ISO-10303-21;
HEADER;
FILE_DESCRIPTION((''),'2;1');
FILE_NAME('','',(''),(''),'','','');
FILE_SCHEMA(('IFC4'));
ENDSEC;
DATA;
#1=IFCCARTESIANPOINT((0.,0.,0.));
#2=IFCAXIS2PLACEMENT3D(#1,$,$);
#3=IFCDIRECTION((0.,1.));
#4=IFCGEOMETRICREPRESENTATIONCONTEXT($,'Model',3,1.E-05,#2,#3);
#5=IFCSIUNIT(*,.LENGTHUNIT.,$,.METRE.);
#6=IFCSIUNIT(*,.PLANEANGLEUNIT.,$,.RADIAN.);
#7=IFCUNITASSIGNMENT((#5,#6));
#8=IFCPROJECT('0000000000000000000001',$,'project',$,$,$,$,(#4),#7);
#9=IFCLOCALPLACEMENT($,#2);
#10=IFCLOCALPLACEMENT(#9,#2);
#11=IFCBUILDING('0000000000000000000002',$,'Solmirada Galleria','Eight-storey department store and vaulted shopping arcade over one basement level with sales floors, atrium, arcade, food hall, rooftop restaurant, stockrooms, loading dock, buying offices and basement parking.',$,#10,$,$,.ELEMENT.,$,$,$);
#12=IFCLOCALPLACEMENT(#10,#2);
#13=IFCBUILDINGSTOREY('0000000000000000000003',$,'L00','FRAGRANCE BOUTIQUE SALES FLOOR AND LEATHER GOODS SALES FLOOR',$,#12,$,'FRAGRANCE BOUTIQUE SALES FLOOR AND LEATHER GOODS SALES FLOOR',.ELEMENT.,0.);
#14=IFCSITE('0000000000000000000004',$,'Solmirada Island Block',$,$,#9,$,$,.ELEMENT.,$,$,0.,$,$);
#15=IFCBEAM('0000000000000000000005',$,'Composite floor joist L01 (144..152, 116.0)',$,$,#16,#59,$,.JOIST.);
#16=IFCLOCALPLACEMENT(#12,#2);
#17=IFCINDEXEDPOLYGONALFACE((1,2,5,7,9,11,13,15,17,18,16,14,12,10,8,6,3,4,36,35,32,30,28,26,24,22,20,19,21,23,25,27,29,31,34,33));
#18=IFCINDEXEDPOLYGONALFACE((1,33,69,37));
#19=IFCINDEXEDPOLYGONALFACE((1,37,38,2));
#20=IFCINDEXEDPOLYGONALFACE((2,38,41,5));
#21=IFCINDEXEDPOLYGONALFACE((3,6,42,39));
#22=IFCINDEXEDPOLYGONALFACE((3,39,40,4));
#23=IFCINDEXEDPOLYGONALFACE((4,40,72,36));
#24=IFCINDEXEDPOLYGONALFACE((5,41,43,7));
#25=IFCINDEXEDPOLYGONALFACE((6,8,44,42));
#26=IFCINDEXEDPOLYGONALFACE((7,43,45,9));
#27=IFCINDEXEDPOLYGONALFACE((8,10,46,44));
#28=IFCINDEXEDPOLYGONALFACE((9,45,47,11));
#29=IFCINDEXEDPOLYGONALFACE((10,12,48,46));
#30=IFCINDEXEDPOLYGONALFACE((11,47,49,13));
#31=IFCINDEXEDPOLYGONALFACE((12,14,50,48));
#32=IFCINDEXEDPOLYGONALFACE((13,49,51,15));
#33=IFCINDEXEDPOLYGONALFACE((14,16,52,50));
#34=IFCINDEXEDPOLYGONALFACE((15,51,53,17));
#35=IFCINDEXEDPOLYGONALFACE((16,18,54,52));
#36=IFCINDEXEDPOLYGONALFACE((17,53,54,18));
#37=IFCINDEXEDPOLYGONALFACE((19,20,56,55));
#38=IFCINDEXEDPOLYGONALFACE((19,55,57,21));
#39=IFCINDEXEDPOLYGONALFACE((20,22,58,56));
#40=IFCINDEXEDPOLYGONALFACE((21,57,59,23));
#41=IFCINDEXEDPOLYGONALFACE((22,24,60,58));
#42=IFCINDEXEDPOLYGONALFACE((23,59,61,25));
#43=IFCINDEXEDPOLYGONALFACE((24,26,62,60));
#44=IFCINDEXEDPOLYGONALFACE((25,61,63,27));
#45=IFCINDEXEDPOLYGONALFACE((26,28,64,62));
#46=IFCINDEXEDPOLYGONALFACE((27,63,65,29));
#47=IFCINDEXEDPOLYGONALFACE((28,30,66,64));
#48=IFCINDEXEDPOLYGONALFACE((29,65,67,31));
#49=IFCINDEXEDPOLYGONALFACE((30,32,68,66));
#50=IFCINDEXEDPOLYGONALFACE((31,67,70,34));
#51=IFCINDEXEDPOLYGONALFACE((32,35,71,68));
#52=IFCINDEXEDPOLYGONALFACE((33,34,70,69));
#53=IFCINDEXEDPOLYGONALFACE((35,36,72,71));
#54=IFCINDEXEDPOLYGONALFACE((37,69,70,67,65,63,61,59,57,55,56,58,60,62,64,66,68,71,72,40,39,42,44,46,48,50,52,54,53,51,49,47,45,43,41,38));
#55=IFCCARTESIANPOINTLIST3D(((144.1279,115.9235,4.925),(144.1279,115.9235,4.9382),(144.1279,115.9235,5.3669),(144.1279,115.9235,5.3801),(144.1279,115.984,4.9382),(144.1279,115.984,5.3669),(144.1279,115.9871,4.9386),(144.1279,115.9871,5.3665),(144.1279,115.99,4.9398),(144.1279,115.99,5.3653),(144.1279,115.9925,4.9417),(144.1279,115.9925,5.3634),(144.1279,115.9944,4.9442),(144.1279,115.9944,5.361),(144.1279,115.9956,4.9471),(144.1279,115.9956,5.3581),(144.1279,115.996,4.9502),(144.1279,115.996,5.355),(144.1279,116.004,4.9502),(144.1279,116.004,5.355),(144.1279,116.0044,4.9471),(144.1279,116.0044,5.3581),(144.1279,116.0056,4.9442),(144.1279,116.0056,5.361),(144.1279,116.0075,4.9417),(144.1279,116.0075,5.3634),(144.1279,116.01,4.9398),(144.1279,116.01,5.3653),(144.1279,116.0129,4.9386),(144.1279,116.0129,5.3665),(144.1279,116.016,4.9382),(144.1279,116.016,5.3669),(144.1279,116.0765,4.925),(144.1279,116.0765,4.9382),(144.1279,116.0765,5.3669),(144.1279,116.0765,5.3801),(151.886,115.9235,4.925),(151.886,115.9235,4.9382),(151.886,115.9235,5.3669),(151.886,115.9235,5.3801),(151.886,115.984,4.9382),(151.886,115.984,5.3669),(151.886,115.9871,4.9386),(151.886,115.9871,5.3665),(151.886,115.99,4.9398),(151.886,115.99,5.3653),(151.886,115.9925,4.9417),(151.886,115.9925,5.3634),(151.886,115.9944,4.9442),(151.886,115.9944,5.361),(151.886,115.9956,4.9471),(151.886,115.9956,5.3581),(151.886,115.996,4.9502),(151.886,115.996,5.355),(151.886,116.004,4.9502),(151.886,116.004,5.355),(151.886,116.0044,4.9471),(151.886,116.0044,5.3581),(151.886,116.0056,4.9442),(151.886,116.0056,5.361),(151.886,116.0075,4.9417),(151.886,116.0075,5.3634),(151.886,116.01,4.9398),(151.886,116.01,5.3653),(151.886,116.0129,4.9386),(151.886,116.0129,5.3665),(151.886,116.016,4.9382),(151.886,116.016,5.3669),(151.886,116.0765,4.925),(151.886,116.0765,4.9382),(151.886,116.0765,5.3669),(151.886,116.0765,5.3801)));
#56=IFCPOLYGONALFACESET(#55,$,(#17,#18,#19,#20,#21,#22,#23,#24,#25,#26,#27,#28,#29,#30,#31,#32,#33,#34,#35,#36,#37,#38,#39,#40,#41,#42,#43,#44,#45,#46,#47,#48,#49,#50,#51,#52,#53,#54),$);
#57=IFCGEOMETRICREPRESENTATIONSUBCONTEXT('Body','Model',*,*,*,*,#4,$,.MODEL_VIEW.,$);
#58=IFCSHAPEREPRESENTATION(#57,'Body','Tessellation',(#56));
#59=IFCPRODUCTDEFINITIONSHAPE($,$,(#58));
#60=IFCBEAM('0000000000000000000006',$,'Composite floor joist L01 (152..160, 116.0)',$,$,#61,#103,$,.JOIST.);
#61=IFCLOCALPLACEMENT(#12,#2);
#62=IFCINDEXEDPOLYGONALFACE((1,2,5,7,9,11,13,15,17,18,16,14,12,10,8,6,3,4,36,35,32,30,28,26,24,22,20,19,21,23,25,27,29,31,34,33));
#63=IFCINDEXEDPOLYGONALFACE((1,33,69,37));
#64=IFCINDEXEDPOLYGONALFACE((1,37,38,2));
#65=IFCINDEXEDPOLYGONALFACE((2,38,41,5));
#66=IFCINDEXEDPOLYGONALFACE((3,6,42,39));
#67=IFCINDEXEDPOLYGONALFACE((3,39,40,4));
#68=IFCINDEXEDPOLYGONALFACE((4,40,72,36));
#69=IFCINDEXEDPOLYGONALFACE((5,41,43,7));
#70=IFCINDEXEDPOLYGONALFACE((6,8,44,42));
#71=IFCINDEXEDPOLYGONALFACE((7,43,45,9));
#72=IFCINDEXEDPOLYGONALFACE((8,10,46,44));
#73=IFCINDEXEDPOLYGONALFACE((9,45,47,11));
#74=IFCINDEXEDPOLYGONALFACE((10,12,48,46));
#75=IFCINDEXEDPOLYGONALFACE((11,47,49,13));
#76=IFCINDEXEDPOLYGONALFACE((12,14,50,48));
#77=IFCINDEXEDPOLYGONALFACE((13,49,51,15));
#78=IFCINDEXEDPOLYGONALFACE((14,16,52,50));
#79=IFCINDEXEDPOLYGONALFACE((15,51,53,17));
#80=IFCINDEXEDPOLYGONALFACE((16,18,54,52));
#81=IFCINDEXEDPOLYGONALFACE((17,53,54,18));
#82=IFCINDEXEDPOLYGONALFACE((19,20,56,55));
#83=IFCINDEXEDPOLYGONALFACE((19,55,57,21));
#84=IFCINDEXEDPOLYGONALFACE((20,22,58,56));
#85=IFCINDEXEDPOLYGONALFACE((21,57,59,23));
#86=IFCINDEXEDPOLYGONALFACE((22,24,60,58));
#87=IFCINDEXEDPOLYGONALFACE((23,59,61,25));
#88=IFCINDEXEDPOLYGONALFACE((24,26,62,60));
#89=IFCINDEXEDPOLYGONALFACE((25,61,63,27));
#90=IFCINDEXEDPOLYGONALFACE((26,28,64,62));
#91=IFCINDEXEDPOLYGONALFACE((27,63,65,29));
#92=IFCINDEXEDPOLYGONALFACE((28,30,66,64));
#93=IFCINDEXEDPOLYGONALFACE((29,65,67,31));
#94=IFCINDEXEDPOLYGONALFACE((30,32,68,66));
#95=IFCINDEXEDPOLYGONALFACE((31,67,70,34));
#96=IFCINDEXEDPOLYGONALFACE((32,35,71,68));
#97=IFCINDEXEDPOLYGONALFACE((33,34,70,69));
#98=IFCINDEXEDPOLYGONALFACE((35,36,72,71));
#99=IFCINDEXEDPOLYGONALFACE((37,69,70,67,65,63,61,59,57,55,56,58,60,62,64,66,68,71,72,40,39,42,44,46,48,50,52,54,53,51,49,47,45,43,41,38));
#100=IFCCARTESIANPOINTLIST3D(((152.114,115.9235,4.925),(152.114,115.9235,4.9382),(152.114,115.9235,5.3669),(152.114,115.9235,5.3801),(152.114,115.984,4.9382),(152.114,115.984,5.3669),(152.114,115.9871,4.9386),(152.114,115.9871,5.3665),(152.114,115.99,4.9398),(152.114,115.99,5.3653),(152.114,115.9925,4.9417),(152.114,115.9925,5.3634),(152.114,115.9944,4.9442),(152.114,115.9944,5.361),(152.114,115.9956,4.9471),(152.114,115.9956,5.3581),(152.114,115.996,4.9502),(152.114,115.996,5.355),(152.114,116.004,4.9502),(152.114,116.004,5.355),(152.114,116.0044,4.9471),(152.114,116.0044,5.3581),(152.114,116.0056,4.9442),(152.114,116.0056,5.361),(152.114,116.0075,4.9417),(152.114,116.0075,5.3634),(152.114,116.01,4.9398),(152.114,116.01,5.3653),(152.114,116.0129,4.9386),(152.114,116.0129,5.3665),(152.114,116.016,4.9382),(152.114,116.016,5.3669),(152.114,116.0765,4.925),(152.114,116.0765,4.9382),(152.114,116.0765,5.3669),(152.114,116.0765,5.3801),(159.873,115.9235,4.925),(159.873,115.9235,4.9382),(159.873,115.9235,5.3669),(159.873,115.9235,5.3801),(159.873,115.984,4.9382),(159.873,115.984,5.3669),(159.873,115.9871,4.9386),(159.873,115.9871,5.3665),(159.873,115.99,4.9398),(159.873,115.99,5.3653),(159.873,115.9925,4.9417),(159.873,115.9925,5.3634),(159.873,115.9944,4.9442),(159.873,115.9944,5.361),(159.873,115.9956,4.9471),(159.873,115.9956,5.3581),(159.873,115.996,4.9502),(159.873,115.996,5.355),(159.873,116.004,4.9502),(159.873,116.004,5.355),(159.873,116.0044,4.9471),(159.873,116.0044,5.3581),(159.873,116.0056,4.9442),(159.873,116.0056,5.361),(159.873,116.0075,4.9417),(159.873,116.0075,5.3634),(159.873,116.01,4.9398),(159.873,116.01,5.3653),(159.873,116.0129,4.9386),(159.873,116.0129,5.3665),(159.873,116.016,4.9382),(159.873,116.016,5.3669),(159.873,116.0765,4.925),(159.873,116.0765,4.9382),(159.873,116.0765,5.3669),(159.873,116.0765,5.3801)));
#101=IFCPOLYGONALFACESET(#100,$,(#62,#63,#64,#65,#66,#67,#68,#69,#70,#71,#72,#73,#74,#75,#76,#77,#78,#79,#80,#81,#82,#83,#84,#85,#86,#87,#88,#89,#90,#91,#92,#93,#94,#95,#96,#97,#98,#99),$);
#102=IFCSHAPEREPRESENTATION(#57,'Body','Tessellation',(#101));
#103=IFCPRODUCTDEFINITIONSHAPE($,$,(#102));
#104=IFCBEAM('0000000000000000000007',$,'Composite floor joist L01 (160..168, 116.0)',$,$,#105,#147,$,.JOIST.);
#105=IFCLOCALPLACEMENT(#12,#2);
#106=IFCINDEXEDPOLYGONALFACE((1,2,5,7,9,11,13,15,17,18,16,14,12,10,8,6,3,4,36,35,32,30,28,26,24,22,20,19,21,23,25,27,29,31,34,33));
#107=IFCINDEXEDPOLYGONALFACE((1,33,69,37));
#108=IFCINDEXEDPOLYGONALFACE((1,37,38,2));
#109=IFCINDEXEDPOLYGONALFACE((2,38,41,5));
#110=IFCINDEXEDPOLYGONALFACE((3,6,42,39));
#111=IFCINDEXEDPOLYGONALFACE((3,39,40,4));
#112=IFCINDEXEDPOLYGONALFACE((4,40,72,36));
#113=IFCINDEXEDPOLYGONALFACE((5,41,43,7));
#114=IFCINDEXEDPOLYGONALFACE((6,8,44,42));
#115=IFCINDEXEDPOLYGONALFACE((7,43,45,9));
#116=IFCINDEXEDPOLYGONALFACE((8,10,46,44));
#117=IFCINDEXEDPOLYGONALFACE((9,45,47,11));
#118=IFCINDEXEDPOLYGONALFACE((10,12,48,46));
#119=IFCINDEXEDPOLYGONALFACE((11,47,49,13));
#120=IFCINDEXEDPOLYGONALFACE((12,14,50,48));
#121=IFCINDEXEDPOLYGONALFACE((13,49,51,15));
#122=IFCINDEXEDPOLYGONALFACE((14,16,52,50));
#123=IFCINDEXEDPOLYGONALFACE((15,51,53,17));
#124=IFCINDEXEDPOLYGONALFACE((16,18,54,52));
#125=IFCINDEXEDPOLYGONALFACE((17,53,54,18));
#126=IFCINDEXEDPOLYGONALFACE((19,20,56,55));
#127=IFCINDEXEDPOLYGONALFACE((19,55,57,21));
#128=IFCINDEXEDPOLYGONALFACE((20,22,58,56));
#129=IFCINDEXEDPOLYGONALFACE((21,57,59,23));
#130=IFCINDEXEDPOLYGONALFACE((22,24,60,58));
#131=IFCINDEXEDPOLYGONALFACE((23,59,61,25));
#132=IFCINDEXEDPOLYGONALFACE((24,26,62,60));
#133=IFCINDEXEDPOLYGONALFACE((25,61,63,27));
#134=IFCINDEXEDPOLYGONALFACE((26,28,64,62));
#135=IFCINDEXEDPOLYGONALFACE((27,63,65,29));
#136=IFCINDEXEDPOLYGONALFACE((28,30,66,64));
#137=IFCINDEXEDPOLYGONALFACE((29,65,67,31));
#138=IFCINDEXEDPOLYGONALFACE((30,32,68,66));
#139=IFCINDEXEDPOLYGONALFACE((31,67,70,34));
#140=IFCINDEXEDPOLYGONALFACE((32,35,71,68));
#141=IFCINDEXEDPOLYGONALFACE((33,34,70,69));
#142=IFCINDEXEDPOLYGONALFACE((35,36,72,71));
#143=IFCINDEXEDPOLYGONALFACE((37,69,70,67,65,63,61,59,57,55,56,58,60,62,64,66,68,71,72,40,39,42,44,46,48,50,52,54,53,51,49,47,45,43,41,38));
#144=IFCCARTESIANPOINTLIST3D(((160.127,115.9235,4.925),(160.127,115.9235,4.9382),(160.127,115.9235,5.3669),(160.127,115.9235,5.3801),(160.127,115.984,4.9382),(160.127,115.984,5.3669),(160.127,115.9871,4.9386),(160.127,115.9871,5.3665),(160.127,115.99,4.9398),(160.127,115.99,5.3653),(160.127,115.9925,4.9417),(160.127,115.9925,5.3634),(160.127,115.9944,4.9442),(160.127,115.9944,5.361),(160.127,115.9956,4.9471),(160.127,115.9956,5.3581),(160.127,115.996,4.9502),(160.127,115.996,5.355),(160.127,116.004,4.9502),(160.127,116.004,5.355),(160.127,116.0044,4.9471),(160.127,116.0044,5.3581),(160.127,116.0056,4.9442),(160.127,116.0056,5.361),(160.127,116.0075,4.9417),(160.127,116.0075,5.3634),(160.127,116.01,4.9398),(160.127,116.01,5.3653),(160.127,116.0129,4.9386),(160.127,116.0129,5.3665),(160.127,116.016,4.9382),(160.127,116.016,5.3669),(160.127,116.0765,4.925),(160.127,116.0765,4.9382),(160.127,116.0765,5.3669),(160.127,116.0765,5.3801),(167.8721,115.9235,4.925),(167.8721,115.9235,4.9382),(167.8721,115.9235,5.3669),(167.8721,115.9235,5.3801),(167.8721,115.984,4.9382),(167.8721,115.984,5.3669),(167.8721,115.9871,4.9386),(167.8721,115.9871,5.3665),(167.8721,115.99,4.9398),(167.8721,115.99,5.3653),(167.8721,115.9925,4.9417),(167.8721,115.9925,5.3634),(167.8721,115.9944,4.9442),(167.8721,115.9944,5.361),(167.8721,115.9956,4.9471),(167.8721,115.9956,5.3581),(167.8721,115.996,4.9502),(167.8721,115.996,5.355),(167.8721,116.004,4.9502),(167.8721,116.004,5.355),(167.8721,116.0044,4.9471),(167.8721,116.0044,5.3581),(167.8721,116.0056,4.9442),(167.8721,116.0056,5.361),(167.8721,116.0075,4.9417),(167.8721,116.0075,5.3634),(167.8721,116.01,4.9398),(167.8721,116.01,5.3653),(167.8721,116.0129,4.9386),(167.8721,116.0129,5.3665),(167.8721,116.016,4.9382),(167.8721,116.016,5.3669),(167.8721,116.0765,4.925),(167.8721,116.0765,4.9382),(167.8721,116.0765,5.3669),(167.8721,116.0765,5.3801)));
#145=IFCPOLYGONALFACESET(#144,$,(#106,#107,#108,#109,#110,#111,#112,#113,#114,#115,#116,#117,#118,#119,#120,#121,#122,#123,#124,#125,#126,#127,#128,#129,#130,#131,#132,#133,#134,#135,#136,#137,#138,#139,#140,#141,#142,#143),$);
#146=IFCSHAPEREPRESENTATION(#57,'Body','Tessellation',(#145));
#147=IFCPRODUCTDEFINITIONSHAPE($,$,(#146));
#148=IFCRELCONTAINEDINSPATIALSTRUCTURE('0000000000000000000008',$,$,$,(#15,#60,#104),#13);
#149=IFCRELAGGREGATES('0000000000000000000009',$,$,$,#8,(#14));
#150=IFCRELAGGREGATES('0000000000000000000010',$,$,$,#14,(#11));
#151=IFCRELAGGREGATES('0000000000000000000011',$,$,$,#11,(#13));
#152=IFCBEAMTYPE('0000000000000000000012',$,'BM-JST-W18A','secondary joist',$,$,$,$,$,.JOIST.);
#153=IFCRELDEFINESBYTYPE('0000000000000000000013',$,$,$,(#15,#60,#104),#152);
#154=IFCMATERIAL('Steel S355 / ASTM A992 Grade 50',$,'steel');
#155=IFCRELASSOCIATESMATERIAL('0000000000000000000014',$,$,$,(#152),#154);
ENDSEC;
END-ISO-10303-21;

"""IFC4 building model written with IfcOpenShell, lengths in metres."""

from ifc_helpers import new_model, si_unit, direction, frame, origin, origin_2d, place, context, subcontext, project, spatial, i_section, extrude, material, material_profile, profile_set, type_object, element, save


model = new_model("IFC4")

# Units and contexts
model_context = context("Model", 3, precision=1e-05, world=origin(), true_north=direction((0.0, 1.0)))
body_context = subcontext(model_context, "Body", "Model", "MODEL_VIEW")
ifc_project = project(units=[si_unit("LENGTHUNIT", "METRE"), si_unit("PLANEANGLEUNIT", "RADIAN")], contexts=[model_context])

# Site, building, storey
site_placement = place(None, origin())
site = spatial("IfcSite", under=ifc_project, at=site_placement, Name="Solmirada Island Block", CompositionType="ELEMENT", RefElevation=0.0)
building_placement = place(site_placement, origin())
building = spatial("IfcBuilding", under=site, at=building_placement, Name="Solmirada Galleria", Description="Eight-storey department store and vaulted shopping arcade over one basement level with sales floors, atrium, arcade, food hall, rooftop restaurant, stockrooms, loading dock, buying offices and basement parking.", CompositionType="ELEMENT")
storey_placement = place(building_placement, origin())
storey = spatial("IfcBuildingStorey", under=building, at=storey_placement, Name="L00", Description="FRAGRANCE BOUTIQUE SALES FLOOR AND LEATHER GOODS SALES FLOOR", LongName="FRAGRANCE BOUTIQUE SALES FLOOR AND LEATHER GOODS SALES FLOOR", CompositionType="ELEMENT", Elevation=0.0)

# Beams
ifc_material_1 = material(Name="Steel S355 / ASTM A992 Grade 50", Category="steel")
ifc_material_profile_1 = material_profile(ifc_material_1, i_section(OverallWidth=0.1531, OverallDepth=0.4551, WebThickness=0.0081, FlangeThickness=0.0132, FilletRadius=0.012, at=origin_2d()), Name="W18X40")
ifc_profile_set_1 = profile_set([ifc_material_profile_1], Name="Steel S355 / ASTM A992 Grade 50")
beam_type_1 = type_object("IfcBeamType", Name="BM-JST-W18A", Description="secondary joist", PredefinedType="JOIST", material=ifc_profile_set_1)
beam_1_placement = place(storey_placement, frame((144.1279, 116.0, 5.1526), z_axis=(1.0, 0.0, 0.0), x_axis=(0.0, 1.0, 0.0)))
element("IfcBeam", 1, at=beam_1_placement, inside=storey, type_object=beam_type_1, Name="Composite floor joist L01 (144..152, 116.0)", PredefinedType="JOIST", context=body_context, shape_type="SweptSolid", body=[
    extrude(i_section(OverallWidth=0.1531, OverallDepth=0.4551, WebThickness=0.0081, FlangeThickness=0.0132, FilletRadius=0.012, at=origin_2d()), origin(), (0.0, 0.0, 1.0), 7.7581),
])
beam_2_placement = place(storey_placement, frame((152.114, 116.0, 5.1526), z_axis=(1.0, 0.0, 0.0), x_axis=(0.0, 1.0, 0.0)))
element("IfcBeam", 2, at=beam_2_placement, inside=storey, type_object=beam_type_1, Name="Composite floor joist L01 (152..160, 116.0)", PredefinedType="JOIST", context=body_context, shape_type="SweptSolid", body=[
    extrude(i_section(OverallWidth=0.1531, OverallDepth=0.4551, WebThickness=0.0081, FlangeThickness=0.0132, FilletRadius=0.012, at=origin_2d()), origin(), (0.0, 0.0, 1.0), 7.759),
])
beam_3_placement = place(storey_placement, frame((160.127, 116.0, 5.1526), z_axis=(1.0, 0.0, 0.0), x_axis=(0.0, 1.0, 0.0)))
element("IfcBeam", 3, at=beam_3_placement, inside=storey, type_object=beam_type_1, Name="Composite floor joist L01 (160..168, 116.0)", PredefinedType="JOIST", context=body_context, shape_type="SweptSolid", body=[
    extrude(i_section(OverallWidth=0.1531, OverallDepth=0.4551, WebThickness=0.0081, FlangeThickness=0.0132, FilletRadius=0.012, at=origin_2d()), origin(), (0.0, 0.0, 1.0), 7.7451),
])

save(model, "model.ifc")
